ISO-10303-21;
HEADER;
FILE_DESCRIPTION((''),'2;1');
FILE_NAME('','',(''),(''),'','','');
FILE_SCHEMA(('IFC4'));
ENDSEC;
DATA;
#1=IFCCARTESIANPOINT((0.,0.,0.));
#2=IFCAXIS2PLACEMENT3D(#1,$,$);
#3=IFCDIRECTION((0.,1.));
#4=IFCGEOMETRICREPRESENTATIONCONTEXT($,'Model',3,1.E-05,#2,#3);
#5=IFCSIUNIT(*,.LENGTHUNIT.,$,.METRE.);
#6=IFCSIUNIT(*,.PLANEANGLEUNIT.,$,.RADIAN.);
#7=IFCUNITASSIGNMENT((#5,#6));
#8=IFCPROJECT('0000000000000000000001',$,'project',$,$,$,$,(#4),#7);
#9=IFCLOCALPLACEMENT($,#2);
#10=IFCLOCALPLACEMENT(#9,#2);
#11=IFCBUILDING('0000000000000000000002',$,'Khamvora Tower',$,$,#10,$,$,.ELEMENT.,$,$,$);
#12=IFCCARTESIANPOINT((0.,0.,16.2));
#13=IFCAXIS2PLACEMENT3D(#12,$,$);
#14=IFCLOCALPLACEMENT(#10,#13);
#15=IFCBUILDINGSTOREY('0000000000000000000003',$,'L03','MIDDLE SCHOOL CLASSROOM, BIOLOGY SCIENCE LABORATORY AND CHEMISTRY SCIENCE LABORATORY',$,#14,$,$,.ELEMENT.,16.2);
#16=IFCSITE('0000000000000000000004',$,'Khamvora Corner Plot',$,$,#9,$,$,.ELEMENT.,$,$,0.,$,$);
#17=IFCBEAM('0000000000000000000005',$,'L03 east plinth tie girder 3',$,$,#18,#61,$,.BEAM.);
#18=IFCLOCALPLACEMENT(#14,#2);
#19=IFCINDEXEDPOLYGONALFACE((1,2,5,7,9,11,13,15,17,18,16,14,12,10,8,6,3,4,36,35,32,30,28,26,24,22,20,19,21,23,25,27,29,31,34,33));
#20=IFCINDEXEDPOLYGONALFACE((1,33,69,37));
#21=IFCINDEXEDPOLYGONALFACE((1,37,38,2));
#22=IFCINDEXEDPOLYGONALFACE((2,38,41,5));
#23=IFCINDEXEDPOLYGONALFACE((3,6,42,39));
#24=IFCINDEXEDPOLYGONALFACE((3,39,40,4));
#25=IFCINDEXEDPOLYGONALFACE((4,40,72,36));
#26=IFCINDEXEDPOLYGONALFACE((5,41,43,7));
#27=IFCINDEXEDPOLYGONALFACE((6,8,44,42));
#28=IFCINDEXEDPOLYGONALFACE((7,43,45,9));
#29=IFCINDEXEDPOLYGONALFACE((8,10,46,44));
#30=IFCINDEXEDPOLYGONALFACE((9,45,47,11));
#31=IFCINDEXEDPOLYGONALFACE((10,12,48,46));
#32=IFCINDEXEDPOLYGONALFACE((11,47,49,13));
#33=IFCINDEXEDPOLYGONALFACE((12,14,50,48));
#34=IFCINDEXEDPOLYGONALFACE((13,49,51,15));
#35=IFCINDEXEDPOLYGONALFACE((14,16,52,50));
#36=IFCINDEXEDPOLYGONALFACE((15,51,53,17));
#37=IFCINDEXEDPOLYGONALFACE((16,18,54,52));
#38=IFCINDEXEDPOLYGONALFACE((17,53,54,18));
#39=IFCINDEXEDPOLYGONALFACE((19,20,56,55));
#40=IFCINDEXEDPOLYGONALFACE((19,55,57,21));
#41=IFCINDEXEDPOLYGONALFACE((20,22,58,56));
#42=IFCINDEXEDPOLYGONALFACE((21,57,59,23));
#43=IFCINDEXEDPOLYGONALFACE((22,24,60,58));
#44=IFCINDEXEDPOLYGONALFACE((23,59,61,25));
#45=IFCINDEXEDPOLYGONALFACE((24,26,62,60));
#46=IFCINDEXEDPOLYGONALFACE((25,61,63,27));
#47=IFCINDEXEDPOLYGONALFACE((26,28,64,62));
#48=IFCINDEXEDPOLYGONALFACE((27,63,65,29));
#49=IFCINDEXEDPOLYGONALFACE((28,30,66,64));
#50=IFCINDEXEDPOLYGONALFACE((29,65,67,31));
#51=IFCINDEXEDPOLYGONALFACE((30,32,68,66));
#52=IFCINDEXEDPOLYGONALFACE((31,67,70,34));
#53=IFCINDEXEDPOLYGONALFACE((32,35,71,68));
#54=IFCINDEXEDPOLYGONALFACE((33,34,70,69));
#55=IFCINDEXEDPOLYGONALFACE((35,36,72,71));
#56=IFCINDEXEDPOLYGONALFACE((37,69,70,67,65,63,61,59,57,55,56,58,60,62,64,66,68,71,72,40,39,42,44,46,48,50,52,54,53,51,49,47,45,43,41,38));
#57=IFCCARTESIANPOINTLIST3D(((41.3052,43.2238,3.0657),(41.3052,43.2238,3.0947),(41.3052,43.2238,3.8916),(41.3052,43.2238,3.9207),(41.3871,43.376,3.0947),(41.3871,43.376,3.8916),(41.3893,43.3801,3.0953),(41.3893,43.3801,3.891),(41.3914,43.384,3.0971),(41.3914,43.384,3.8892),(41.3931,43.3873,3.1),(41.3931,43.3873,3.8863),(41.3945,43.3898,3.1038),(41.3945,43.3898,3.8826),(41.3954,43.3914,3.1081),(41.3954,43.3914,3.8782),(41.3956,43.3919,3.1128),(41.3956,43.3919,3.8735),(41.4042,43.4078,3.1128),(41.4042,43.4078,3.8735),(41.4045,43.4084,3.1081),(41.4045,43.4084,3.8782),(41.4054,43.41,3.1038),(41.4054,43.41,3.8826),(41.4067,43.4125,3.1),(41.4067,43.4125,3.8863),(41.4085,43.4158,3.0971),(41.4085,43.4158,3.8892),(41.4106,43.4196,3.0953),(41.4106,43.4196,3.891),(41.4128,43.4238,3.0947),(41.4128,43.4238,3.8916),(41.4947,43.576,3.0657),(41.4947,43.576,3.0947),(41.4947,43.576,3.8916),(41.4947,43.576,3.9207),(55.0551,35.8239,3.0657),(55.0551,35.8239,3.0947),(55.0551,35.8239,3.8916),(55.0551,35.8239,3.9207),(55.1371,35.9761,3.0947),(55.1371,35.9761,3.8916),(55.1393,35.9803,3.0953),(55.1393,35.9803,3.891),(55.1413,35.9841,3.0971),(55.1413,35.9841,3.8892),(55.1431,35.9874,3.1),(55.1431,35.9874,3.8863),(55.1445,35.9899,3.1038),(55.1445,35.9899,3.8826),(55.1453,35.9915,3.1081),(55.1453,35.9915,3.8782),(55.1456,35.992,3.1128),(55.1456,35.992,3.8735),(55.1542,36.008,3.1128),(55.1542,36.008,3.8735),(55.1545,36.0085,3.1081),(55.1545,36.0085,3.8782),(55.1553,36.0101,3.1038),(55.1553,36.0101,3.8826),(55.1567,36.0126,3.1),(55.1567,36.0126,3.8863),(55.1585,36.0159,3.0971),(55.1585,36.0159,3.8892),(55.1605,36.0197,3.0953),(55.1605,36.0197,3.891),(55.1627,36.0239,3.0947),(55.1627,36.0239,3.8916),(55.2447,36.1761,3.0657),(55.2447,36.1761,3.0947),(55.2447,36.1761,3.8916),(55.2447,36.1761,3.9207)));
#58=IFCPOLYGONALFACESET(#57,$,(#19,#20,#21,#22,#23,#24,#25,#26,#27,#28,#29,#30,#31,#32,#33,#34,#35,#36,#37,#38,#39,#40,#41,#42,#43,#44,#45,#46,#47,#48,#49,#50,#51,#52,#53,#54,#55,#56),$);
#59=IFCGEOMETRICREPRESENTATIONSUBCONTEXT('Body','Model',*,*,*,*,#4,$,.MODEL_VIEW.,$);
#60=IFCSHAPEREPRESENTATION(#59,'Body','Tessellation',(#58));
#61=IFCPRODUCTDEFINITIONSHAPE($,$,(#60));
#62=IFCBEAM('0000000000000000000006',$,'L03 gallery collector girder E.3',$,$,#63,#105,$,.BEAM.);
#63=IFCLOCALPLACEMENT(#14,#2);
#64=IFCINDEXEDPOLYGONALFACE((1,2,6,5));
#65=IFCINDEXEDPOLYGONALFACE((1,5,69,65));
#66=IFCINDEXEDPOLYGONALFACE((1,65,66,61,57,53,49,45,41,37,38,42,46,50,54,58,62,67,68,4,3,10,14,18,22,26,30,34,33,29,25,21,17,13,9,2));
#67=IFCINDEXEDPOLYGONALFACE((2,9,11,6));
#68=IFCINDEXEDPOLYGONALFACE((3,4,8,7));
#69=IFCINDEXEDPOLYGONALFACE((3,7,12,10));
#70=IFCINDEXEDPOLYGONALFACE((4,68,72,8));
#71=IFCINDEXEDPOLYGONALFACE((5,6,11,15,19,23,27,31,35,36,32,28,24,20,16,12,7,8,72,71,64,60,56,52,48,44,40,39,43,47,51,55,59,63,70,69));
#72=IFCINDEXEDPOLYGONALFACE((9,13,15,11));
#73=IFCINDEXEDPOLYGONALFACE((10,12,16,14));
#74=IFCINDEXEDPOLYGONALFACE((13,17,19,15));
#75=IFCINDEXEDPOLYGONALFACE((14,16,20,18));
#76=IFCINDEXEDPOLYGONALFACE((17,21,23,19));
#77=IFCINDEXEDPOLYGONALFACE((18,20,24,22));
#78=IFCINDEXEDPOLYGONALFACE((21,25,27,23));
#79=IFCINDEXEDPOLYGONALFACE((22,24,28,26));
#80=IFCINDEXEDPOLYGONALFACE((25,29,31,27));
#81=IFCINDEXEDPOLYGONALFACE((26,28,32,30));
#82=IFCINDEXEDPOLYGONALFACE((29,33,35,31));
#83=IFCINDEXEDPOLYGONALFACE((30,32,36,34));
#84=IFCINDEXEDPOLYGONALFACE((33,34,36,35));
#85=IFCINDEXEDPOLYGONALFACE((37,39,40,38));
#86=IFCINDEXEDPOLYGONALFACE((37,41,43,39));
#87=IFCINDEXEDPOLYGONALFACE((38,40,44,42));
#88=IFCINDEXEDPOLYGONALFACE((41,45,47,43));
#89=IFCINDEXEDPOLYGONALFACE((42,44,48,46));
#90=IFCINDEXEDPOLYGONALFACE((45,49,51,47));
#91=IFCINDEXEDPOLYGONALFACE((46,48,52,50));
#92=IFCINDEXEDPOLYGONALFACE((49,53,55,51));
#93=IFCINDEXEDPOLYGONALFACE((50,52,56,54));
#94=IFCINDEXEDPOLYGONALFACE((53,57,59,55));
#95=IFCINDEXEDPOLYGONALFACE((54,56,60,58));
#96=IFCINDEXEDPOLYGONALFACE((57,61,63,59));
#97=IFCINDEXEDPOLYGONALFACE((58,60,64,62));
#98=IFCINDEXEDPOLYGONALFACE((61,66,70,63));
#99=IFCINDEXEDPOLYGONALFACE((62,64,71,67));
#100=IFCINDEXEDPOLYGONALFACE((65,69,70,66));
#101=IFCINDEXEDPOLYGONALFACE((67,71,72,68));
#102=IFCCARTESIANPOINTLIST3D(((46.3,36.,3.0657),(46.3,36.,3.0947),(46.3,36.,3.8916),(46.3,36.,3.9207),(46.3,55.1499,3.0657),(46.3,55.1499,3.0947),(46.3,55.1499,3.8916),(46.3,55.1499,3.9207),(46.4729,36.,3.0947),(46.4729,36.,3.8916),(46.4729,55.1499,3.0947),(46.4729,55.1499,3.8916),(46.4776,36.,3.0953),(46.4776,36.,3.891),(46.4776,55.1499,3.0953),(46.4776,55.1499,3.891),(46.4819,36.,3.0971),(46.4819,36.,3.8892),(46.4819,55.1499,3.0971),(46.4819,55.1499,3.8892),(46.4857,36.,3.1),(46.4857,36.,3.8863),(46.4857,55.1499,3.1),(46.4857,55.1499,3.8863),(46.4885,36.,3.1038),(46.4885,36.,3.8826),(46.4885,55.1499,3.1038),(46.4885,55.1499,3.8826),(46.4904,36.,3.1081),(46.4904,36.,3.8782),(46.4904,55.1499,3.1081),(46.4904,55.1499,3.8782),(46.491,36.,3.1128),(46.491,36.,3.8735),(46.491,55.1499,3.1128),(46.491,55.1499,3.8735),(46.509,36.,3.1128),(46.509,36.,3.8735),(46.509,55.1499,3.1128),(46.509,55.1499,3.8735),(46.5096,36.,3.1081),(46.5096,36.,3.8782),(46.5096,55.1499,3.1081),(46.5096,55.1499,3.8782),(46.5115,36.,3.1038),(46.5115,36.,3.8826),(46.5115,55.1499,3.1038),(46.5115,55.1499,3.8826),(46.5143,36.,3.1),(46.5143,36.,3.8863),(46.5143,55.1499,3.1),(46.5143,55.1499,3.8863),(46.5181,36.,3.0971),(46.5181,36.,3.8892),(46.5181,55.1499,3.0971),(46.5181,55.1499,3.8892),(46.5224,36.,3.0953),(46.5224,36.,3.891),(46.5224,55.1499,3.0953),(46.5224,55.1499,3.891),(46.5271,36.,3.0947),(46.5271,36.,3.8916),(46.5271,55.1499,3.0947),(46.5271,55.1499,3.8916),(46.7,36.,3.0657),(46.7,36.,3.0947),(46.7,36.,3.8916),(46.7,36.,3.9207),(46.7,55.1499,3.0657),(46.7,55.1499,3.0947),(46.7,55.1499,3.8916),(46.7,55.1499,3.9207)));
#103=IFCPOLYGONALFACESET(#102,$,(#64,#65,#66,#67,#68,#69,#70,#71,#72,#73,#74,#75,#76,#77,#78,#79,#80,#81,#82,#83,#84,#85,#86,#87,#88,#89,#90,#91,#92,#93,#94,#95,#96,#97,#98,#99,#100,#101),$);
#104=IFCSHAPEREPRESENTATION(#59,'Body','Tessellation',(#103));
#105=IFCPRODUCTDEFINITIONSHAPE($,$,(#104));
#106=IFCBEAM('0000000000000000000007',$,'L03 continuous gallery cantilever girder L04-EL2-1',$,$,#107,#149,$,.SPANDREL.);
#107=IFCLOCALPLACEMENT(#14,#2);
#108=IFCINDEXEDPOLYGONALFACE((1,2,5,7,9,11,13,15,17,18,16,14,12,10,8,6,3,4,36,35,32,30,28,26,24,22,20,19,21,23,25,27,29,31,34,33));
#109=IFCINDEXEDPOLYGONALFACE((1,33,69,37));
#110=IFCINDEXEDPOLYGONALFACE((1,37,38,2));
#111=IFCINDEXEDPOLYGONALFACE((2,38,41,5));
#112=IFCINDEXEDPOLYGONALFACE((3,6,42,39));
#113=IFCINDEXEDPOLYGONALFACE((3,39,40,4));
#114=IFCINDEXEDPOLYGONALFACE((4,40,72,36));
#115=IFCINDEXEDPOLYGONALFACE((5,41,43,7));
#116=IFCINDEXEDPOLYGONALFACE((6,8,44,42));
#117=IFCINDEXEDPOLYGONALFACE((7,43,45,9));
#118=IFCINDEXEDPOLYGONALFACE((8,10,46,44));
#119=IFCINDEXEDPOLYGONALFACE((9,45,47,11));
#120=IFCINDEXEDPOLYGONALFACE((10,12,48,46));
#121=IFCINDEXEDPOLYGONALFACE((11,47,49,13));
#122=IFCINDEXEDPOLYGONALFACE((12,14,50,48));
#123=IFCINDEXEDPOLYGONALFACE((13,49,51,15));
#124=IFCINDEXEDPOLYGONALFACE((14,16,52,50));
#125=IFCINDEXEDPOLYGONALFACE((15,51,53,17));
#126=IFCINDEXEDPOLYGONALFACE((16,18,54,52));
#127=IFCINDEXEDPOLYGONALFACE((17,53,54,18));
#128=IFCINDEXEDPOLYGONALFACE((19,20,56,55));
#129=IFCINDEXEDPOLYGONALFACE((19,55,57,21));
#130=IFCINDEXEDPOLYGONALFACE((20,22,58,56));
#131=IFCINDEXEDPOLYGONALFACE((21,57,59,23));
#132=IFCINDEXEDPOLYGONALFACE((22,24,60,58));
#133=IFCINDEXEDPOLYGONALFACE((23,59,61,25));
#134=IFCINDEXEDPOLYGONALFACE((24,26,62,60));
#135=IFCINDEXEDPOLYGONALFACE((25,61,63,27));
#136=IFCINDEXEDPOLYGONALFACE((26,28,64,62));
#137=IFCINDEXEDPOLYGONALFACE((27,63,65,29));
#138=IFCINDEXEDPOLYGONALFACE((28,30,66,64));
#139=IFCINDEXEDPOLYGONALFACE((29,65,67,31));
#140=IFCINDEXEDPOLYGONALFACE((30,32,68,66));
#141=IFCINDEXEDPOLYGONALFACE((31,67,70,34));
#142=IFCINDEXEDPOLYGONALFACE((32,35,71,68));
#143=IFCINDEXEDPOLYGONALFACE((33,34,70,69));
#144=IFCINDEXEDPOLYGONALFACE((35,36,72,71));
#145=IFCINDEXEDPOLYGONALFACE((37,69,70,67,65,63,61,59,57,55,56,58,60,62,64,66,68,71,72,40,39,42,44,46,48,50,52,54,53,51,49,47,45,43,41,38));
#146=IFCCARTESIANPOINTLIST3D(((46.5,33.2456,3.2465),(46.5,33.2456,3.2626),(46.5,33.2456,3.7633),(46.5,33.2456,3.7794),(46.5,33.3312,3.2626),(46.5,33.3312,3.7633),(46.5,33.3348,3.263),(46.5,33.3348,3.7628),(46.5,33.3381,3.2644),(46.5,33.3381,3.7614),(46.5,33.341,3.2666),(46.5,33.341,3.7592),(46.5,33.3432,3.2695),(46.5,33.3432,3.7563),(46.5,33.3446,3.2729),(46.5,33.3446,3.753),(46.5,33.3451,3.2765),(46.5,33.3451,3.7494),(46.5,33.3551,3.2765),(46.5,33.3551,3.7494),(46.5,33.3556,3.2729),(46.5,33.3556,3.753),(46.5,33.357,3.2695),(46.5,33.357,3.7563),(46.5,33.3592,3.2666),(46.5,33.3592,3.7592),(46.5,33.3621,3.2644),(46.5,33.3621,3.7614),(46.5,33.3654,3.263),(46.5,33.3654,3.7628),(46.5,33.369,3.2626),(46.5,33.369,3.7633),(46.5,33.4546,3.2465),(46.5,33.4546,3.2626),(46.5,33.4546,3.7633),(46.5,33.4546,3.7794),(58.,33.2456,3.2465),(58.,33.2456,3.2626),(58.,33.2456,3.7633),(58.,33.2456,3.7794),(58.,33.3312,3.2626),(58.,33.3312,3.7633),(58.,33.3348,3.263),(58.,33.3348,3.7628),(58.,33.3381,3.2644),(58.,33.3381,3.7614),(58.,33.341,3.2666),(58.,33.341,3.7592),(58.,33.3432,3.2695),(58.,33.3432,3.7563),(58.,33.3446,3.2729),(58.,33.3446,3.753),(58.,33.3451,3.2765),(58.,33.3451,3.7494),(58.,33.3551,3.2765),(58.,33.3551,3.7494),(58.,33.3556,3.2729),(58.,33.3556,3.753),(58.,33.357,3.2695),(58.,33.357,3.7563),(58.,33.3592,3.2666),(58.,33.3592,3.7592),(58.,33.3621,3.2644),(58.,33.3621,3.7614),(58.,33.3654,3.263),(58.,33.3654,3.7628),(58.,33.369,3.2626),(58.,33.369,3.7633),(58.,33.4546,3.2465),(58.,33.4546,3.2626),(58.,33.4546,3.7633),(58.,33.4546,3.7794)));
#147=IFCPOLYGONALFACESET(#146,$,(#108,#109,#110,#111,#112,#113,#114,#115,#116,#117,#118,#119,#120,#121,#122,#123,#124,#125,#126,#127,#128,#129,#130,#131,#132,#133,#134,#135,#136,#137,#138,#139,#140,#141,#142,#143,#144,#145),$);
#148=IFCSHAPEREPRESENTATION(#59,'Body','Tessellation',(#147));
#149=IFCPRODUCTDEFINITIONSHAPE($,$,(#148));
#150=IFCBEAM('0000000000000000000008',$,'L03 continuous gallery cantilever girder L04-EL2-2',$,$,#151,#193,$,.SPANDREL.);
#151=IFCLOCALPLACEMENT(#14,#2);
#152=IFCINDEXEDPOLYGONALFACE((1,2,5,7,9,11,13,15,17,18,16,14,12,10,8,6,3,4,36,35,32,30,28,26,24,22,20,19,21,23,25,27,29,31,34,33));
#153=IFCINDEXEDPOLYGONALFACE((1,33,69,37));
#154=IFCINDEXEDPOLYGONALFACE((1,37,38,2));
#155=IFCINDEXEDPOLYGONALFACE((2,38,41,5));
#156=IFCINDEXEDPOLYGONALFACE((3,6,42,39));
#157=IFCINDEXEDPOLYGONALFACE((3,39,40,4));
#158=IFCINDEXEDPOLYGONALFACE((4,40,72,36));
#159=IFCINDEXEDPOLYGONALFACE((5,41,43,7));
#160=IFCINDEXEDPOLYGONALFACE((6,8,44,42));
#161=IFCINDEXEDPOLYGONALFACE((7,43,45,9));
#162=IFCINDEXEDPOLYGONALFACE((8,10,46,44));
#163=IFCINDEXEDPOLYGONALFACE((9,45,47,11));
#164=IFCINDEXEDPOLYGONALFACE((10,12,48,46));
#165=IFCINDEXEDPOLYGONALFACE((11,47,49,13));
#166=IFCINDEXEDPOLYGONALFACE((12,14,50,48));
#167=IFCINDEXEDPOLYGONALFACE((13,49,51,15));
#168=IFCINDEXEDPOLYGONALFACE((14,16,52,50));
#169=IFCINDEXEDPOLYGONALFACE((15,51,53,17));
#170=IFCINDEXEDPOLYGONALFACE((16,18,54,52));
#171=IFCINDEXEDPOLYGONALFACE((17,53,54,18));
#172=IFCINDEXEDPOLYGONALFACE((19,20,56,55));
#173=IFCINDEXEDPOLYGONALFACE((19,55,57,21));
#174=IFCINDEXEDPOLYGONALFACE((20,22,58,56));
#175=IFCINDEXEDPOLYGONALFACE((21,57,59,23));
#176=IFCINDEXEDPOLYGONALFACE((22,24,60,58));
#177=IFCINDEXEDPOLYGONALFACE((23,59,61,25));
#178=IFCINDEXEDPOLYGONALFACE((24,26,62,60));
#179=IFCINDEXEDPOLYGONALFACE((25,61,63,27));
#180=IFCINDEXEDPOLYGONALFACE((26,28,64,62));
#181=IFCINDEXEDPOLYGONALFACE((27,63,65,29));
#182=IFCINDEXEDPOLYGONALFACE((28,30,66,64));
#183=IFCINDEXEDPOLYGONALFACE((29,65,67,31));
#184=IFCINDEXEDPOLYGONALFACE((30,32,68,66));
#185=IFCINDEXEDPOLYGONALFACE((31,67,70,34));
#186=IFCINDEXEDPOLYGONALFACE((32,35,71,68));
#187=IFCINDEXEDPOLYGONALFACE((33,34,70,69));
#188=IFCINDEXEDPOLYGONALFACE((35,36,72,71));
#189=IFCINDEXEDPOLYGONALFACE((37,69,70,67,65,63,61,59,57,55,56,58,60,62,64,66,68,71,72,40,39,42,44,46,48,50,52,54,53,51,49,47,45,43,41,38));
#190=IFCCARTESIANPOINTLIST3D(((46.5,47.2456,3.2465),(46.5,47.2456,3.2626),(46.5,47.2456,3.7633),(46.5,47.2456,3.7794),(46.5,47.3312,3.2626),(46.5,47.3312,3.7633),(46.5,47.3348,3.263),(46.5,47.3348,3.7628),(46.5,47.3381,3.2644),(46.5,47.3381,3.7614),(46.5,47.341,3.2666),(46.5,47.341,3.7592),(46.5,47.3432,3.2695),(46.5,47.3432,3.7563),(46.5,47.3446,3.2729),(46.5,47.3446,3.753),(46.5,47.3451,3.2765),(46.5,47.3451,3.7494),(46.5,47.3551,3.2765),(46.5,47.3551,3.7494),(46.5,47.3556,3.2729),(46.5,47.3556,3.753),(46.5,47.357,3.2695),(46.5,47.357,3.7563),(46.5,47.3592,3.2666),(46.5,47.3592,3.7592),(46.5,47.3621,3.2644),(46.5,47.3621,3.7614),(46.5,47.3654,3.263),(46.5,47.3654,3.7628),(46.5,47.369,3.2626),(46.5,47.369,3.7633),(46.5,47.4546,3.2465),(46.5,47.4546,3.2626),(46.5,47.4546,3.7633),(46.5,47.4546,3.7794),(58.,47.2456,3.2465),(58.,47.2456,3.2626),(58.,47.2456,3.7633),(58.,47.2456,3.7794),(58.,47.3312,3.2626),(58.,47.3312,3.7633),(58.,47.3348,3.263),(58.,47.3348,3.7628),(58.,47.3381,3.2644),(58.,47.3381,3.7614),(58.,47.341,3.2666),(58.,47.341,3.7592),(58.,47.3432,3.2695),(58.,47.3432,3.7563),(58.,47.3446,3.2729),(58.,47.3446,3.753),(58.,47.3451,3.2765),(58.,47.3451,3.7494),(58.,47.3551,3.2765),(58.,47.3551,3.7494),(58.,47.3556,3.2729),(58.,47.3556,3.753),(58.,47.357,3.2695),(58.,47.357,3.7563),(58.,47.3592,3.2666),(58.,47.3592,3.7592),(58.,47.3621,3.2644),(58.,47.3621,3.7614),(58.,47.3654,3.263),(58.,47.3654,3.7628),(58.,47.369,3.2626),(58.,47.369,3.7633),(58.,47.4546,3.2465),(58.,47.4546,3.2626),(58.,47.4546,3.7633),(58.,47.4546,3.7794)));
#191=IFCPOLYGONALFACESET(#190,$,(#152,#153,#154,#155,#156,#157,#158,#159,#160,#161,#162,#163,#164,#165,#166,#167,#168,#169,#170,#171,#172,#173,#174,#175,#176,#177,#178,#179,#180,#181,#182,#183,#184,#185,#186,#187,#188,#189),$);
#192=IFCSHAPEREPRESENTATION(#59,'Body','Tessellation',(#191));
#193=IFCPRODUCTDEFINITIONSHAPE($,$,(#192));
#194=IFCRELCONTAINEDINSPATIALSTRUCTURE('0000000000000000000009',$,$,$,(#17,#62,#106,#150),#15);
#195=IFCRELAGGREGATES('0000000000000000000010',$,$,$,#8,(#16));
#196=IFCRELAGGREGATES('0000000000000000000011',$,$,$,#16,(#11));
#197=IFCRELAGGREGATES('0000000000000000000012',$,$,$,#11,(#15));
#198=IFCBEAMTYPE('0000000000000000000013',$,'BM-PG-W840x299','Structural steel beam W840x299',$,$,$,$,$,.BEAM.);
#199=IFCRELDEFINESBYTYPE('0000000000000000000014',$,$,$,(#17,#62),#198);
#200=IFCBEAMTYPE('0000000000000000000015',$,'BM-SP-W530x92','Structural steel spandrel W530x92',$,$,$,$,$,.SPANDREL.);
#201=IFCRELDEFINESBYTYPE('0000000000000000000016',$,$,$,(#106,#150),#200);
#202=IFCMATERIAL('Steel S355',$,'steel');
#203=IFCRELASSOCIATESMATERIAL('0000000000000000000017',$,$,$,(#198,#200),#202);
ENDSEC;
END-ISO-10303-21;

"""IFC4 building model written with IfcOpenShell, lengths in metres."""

from ifc_helpers import new_model, si_unit, direction, frame, origin, origin_2d, place, context, subcontext, project, spatial, i_section, extrude, material, material_profile, profile_set, type_object, element, save


model = new_model("IFC4")

# Units and contexts
model_context = context("Model", 3, precision=1e-05, world=origin(), true_north=direction((0.0, 1.0)))
body_context = subcontext(model_context, "Body", "Model", "MODEL_VIEW")
ifc_project = project(units=[si_unit("LENGTHUNIT", "METRE"), si_unit("PLANEANGLEUNIT", "RADIAN")], contexts=[model_context])

# Site, building, storey
site_placement = place(None, origin())
site = spatial("IfcSite", under=ifc_project, at=site_placement, Name="Khamvora Corner Plot", CompositionType="ELEMENT", RefElevation=0.0)
building_placement = place(site_placement, origin())
building = spatial("IfcBuilding", under=site, at=building_placement, Name="Khamvora Tower", CompositionType="ELEMENT")
storey_placement = place(building_placement, frame((0.0, 0.0, 16.2)))
storey = spatial("IfcBuildingStorey", under=building, at=storey_placement, Name="L03", Description="MIDDLE SCHOOL CLASSROOM, BIOLOGY SCIENCE LABORATORY AND CHEMISTRY SCIENCE LABORATORY", CompositionType="ELEMENT", Elevation=16.2)

# Beams
ifc_material_1 = material(Name="Steel S355", Category="steel")
ifc_material_profile_1 = material_profile(ifc_material_1, i_section(OverallWidth=0.3999, OverallDepth=0.855, WebThickness=0.0181, FlangeThickness=0.0291, FilletRadius=0.0181, at=origin_2d()), Name="W840x299")
ifc_profile_set_1 = profile_set([ifc_material_profile_1], Name="Steel S355")
beam_type_1 = type_object("IfcBeamType", Name="BM-PG-W840x299", Description="Structural steel beam W840x299", PredefinedType="BEAM", material=ifc_profile_set_1)
beam_1_placement = place(storey_placement, frame((55.1499, 36.0, 3.4932), z_axis=(-0.880577, 0.473904, 0.0), x_axis=(-0.473904, -0.880577, 0.0)))
element("IfcBeam", 1, at=beam_1_placement, inside=storey, type_object=beam_type_1, Name="L03 east plinth tie girder 3", PredefinedType="BEAM", context=body_context, shape_type="SweptSolid", body=[
    extrude(i_section(OverallWidth=0.3999, OverallDepth=0.855, WebThickness=0.0181, FlangeThickness=0.0291, FilletRadius=0.0181, at=origin_2d()), origin(), (0.0, 0.0, 1.0), 15.6147),
])
beam_2_placement = place(storey_placement, frame((46.5, 36.0, 3.4932), z_axis=(0.0, 1.0, 0.0), x_axis=(-1.0, 0.0, 0.0)))
element("IfcBeam", 2, at=beam_2_placement, inside=storey, type_object=beam_type_1, Name="L03 gallery collector girder E.3", PredefinedType="BEAM", context=body_context, shape_type="SweptSolid", body=[
    extrude(i_section(OverallWidth=0.3999, OverallDepth=0.855, WebThickness=0.0181, FlangeThickness=0.0291, FilletRadius=0.0181, at=origin_2d()), origin(), (0.0, 0.0, 1.0), 19.1499),
])
ifc_material_profile_2 = material_profile(ifc_material_1, i_section(OverallWidth=0.209, OverallDepth=0.533, WebThickness=0.01, FlangeThickness=0.0161, FilletRadius=0.0139, at=origin_2d()), Name="W530x92")
ifc_profile_set_2 = profile_set([ifc_material_profile_2], Name="Steel S355")
beam_type_2 = type_object("IfcBeamType", Name="BM-SP-W530x92", Description="Structural steel spandrel W530x92", PredefinedType="SPANDREL", material=ifc_profile_set_2)
for number, where, z_axis, x_axis, name in (
    (3, (46.5, 33.3501, 3.5129), (1.0, 0.0, 0.0), (0.0, 1.0, 0.0), "L03 continuous gallery cantilever girder L04-EL2-1"),
    (4, (46.5, 47.3501, 3.5129), (1.0, 0.0, 0.0), (0.0, 1.0, 0.0), "L03 continuous gallery cantilever girder L04-EL2-2"),
):
    element("IfcBeam", number, at=place(storey_placement, frame(where, z_axis=z_axis, x_axis=x_axis)), inside=storey, type_object=beam_type_2, Name=name, PredefinedType="SPANDREL", context=body_context, shape_type="SweptSolid", body=[
        extrude(i_section(OverallWidth=0.209, OverallDepth=0.533, WebThickness=0.01, FlangeThickness=0.0161, FilletRadius=0.0139, at=origin_2d()), origin(), (0.0, 0.0, 1.0), 11.5),
    ])

save(model, "model.ifc")
